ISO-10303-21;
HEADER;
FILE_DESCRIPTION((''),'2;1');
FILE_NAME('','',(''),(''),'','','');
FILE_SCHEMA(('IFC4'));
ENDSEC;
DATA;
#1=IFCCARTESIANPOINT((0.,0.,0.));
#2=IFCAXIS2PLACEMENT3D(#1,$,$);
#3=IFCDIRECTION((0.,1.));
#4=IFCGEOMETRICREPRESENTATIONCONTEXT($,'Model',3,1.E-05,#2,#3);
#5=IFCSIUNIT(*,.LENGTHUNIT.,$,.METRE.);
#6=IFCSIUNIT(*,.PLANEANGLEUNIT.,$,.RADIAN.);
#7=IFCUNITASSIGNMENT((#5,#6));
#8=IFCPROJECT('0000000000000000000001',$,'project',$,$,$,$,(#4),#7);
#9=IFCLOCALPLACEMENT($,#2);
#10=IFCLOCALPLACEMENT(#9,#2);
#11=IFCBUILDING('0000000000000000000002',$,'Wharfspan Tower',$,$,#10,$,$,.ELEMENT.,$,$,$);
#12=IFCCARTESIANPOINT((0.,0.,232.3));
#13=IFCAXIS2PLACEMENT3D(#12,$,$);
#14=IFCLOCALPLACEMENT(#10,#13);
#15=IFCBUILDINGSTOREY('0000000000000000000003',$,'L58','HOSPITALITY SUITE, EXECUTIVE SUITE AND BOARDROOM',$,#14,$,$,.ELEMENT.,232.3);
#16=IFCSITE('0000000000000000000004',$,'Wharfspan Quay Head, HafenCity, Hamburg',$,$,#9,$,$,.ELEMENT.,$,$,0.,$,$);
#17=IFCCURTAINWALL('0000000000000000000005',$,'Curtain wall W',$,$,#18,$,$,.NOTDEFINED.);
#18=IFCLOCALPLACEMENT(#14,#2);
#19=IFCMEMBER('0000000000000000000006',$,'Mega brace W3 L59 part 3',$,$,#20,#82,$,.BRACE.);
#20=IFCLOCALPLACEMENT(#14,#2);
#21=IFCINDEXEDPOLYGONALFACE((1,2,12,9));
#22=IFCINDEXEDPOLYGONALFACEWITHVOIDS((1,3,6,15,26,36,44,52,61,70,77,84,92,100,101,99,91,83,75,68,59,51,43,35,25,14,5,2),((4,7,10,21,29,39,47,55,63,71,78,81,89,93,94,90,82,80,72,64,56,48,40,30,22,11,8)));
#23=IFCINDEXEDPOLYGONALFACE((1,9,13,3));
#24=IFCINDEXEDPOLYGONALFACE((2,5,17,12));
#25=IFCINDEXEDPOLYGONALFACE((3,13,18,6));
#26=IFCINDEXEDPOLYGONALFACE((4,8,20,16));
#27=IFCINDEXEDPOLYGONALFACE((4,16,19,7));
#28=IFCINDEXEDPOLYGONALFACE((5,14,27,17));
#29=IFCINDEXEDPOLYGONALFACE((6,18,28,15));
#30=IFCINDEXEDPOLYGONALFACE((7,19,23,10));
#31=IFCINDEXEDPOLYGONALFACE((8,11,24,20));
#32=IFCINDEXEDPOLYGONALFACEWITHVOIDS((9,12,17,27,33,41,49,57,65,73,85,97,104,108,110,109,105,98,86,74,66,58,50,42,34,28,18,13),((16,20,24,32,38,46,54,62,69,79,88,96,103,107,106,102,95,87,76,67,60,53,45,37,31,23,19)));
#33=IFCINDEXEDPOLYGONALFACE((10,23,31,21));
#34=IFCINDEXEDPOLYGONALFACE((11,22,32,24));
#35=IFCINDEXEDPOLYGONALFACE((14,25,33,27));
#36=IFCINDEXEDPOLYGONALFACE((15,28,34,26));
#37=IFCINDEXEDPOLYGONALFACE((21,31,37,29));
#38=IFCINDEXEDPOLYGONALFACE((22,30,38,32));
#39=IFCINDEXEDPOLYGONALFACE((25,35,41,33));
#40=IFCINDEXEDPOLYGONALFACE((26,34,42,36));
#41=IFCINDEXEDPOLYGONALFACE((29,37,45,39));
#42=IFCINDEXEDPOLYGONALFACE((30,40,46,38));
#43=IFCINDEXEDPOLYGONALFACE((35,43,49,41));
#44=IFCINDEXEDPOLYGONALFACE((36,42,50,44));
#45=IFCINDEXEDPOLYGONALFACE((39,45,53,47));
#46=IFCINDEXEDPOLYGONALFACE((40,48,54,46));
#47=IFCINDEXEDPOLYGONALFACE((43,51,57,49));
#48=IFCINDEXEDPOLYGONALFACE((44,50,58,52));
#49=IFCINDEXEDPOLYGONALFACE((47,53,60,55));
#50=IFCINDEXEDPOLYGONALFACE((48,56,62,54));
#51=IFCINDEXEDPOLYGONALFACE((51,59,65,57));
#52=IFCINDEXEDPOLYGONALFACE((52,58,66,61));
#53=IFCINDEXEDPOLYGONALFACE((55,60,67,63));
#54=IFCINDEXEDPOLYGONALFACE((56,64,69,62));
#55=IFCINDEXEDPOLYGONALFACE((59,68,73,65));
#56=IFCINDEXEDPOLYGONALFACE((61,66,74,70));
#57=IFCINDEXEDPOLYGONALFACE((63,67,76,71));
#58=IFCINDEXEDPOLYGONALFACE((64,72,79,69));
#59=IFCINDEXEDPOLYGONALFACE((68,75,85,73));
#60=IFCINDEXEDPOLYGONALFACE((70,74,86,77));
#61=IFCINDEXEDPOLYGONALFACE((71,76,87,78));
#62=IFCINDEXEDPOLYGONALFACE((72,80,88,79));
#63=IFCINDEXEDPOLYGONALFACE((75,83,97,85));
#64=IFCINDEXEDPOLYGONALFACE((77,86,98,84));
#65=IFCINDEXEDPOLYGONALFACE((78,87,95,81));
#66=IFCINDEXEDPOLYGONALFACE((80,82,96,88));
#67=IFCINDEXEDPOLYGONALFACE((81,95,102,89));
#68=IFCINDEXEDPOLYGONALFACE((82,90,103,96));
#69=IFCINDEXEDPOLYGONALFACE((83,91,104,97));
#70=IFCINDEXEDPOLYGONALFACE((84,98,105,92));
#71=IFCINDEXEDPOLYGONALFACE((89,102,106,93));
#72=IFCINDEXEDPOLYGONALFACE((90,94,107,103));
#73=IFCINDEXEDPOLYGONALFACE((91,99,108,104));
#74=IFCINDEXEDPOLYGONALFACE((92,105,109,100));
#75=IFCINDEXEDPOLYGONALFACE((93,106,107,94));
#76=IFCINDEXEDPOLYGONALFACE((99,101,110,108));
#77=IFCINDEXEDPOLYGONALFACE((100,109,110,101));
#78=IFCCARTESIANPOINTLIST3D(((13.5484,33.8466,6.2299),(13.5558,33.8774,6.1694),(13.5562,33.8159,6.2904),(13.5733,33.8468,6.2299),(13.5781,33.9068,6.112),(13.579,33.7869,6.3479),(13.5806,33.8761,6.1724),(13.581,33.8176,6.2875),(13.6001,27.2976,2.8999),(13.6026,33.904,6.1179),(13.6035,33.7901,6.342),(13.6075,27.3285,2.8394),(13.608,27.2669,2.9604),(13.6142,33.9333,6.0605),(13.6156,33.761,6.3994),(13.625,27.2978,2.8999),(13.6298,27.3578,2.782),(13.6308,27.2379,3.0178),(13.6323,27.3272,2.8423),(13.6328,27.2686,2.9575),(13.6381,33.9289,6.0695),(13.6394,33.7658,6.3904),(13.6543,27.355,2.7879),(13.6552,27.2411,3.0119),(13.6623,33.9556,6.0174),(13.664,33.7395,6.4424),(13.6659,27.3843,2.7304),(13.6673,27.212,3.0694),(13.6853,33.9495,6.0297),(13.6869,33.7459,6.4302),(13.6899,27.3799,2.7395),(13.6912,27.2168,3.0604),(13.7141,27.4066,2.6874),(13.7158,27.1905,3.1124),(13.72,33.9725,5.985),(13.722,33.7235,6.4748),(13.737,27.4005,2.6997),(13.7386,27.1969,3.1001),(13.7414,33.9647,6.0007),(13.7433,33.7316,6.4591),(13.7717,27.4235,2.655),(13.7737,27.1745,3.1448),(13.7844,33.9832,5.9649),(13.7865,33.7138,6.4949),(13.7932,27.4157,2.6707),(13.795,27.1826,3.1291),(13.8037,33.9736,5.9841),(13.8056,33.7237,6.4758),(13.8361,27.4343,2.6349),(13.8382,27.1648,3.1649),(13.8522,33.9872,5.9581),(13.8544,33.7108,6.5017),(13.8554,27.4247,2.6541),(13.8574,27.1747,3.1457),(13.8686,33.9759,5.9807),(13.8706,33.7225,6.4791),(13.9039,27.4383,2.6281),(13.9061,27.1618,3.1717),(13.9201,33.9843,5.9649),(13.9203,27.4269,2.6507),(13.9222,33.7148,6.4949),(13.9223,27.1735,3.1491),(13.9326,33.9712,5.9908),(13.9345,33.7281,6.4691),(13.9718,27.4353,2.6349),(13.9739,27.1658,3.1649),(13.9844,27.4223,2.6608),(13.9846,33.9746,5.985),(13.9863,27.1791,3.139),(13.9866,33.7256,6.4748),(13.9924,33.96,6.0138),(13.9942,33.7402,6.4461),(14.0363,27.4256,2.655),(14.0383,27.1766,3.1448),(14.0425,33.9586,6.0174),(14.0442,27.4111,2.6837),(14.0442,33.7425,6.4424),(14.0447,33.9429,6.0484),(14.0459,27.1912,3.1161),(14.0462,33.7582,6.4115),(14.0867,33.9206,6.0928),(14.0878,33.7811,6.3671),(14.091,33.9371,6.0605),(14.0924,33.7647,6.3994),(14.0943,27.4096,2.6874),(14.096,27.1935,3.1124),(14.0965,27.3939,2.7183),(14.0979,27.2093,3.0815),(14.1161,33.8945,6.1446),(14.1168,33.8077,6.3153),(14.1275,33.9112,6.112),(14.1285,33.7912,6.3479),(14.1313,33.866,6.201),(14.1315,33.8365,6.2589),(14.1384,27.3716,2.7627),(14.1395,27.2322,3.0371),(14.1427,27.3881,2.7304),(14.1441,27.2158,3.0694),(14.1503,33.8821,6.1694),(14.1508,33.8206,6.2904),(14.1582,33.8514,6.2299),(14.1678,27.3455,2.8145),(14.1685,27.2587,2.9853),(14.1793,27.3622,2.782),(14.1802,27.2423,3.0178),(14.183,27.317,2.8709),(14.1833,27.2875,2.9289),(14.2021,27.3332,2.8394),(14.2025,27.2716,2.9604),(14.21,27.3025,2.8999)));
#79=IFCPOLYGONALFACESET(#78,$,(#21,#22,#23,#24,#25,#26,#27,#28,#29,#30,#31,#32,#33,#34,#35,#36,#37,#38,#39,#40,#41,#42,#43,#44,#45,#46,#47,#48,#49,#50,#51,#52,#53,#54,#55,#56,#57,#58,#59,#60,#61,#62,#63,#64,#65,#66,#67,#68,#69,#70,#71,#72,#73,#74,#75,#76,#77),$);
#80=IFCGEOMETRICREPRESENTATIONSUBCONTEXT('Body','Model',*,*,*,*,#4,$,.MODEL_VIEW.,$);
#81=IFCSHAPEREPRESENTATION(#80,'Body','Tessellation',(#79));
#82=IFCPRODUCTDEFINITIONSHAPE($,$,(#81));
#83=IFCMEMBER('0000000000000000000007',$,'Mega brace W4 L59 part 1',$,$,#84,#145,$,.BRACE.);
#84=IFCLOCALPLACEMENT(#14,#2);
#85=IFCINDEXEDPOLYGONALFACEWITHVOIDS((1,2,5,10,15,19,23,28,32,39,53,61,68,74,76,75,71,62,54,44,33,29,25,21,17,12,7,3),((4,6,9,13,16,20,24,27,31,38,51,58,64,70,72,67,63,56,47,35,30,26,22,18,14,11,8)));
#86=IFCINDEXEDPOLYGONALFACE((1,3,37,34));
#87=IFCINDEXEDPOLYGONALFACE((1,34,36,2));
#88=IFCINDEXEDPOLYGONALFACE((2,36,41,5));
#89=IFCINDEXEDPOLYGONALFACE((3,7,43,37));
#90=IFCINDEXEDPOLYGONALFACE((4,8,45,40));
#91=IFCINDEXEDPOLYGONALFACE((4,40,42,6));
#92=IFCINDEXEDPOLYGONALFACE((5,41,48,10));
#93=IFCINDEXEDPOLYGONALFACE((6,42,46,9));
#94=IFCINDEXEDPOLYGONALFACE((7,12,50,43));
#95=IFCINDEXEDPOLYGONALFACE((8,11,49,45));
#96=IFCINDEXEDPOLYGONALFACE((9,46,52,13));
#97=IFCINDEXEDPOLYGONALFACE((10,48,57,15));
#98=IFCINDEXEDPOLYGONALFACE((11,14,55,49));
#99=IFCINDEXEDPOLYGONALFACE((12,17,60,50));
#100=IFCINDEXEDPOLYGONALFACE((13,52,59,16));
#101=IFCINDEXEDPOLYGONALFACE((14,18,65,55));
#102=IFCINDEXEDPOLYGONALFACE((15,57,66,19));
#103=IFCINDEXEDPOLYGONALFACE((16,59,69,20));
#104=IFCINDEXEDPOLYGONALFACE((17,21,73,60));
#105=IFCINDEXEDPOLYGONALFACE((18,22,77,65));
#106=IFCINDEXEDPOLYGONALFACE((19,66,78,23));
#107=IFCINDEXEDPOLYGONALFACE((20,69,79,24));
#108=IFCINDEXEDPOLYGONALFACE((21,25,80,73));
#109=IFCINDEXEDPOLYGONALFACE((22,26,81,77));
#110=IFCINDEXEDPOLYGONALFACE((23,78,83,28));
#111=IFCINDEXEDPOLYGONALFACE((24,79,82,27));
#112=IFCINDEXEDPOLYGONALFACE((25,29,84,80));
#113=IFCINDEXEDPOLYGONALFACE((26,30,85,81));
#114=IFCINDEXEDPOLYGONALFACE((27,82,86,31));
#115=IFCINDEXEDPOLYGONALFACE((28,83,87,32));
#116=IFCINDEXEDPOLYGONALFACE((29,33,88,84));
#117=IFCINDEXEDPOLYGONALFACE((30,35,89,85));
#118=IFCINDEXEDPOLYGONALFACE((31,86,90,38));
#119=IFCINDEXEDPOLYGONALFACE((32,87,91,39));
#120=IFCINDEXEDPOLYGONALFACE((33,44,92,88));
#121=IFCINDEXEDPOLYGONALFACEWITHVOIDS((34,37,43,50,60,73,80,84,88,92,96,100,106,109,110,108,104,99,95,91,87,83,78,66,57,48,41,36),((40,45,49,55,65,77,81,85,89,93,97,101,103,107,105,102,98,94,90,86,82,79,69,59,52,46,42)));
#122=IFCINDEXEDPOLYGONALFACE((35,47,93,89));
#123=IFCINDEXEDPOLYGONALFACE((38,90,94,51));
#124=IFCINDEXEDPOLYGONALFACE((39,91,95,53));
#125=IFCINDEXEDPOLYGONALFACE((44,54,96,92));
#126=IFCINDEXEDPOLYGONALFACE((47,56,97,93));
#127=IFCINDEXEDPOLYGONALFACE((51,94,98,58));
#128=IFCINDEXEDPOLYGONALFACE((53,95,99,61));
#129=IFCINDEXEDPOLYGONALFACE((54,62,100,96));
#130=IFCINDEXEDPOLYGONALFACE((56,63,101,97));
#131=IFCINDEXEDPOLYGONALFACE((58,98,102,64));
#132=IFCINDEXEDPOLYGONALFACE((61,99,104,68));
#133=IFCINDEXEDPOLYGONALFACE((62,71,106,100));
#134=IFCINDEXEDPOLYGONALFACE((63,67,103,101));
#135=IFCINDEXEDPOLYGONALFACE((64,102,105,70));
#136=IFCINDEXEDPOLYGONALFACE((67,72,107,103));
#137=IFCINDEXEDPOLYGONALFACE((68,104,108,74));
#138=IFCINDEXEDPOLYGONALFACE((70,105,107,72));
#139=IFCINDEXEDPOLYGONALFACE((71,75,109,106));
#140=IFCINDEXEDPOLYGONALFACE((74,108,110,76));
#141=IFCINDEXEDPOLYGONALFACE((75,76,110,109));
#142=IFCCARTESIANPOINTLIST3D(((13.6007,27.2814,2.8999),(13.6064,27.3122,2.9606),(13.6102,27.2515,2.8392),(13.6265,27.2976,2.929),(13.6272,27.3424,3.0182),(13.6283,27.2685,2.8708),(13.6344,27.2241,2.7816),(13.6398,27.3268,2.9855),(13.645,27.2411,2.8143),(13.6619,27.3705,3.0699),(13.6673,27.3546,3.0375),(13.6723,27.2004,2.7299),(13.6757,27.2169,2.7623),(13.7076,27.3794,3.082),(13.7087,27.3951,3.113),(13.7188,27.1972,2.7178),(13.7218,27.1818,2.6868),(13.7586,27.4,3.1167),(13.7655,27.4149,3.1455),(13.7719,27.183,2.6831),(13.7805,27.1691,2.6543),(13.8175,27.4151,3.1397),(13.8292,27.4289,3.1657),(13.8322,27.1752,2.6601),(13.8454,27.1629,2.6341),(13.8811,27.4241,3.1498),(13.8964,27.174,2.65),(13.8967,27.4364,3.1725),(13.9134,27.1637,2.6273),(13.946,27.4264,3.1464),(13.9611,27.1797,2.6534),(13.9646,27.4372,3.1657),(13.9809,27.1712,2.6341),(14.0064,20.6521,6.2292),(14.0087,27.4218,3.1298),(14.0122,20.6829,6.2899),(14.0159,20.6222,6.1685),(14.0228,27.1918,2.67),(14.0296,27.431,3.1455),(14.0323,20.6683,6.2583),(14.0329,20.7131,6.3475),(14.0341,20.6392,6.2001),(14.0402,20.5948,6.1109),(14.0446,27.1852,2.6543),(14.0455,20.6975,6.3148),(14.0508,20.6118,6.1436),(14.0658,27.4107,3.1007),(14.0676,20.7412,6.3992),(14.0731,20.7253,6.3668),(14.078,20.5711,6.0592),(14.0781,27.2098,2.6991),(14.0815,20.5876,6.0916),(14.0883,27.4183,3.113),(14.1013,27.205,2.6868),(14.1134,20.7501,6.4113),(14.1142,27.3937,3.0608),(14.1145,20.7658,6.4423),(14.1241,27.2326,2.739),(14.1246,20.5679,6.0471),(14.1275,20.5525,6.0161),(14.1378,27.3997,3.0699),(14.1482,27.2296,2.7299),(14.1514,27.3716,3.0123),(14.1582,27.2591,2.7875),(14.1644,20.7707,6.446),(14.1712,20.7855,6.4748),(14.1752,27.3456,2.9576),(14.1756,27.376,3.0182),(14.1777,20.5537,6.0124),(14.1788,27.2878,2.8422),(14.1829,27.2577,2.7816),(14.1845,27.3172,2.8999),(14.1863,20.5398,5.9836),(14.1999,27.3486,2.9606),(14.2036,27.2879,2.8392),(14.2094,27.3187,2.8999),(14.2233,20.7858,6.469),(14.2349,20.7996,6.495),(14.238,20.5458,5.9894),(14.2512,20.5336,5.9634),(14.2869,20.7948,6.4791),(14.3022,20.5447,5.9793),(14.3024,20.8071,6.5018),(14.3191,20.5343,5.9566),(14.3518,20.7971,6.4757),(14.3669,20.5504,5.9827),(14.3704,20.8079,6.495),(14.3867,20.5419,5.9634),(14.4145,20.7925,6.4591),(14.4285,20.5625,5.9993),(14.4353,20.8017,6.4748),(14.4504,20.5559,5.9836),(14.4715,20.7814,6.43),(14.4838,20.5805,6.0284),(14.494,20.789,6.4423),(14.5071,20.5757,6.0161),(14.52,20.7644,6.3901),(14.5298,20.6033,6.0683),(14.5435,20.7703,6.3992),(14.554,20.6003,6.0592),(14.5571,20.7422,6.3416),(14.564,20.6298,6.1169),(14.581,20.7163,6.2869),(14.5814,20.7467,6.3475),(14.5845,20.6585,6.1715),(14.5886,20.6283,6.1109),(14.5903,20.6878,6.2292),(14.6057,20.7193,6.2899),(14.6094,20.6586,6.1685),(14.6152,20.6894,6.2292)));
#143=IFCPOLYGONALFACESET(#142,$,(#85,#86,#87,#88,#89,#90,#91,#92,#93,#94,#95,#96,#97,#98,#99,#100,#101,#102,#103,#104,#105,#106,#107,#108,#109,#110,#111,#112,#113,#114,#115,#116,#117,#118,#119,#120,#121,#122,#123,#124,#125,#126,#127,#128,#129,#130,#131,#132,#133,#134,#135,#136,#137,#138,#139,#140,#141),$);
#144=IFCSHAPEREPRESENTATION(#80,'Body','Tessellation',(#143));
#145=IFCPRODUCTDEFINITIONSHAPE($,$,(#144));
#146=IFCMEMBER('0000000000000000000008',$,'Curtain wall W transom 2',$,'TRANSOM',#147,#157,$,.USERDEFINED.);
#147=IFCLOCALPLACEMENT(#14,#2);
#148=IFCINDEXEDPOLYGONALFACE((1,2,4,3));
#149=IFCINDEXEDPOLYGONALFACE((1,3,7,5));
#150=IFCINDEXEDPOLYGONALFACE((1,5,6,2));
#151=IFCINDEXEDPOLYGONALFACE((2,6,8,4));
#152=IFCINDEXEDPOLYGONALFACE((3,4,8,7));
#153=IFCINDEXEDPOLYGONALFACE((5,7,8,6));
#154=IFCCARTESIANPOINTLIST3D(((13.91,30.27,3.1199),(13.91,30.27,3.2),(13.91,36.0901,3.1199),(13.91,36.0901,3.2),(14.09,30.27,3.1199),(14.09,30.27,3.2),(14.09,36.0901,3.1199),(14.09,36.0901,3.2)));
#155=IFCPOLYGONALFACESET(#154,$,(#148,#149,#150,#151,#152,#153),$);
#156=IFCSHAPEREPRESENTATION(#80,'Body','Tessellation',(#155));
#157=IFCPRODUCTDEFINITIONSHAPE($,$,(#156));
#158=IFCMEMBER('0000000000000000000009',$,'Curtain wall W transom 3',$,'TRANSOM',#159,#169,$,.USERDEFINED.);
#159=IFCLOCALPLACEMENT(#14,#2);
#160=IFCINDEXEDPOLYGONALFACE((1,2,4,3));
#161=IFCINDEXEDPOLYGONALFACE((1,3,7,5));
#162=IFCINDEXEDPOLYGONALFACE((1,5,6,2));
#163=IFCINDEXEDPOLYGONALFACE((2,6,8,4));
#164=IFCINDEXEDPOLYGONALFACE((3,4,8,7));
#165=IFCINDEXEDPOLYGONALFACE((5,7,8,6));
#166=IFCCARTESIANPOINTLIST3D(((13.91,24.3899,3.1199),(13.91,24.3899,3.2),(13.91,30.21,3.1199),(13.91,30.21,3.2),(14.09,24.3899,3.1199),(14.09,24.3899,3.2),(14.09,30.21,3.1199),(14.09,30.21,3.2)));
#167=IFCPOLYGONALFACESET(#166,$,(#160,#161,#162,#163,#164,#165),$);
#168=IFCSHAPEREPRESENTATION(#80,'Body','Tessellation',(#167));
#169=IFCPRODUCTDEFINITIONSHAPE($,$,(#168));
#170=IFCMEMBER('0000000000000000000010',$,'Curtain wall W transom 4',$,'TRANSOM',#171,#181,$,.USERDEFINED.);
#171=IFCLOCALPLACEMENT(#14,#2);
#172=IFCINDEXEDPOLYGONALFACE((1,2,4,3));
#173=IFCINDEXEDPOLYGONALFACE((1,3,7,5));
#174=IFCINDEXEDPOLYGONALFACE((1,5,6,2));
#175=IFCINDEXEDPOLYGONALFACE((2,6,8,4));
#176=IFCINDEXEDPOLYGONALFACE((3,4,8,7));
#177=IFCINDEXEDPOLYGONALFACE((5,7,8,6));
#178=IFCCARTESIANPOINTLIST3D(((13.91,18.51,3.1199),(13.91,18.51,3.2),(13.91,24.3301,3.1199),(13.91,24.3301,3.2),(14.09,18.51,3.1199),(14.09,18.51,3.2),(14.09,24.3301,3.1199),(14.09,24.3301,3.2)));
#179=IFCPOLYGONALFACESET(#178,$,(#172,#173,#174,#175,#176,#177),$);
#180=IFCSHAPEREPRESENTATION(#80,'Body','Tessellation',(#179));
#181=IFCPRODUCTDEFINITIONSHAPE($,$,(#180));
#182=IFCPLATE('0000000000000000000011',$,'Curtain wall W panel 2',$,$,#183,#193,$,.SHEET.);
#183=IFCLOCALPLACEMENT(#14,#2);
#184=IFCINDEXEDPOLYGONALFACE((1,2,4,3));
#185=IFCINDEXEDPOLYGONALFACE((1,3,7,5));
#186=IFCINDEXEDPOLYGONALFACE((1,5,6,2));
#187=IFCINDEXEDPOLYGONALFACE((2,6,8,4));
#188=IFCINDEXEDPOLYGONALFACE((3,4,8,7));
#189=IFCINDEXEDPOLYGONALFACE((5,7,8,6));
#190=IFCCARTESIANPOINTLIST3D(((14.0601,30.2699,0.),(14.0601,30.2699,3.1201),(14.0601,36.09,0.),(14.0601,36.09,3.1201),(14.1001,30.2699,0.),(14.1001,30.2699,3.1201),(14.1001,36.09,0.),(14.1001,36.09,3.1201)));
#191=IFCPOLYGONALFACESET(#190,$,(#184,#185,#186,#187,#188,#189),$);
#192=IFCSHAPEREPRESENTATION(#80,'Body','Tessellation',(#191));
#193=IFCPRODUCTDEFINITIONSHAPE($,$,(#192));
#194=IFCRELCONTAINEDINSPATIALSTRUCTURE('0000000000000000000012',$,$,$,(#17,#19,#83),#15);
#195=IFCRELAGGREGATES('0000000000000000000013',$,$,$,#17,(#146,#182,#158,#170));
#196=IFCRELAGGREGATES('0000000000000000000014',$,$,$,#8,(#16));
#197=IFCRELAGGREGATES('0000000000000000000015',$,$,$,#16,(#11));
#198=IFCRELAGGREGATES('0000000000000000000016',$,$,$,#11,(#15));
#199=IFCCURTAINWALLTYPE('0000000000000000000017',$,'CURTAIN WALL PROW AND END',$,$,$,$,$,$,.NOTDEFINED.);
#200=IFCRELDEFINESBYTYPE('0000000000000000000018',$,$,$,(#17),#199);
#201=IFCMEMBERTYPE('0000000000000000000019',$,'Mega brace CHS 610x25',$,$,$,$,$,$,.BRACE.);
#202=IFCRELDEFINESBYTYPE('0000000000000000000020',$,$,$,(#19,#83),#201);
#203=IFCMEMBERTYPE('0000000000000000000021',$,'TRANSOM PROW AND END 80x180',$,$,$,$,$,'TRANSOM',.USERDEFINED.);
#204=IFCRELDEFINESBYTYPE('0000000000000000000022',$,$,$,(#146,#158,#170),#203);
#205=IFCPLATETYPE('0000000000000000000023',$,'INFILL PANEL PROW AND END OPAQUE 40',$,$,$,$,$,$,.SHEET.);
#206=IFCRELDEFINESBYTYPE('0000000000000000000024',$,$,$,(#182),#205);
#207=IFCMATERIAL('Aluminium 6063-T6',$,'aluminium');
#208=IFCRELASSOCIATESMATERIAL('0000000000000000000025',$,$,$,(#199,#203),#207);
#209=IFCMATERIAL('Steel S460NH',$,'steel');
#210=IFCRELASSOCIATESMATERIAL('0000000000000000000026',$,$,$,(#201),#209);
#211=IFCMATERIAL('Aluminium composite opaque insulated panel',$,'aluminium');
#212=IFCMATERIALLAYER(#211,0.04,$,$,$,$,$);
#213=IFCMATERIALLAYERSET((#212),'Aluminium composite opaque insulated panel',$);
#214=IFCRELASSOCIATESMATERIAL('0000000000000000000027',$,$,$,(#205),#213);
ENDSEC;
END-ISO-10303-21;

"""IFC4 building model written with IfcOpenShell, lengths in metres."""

from ifc_helpers import new_model, si_unit, direction, frame, origin, origin_2d, place, context, subcontext, project, spatial, rectangle, hollow_circle, extrude, material, layer, layer_set, material_profile, profile_set, type_object, element, aggregate, save


model = new_model("IFC4")

# Units and contexts
model_context = context("Model", 3, precision=1e-05, world=origin(), true_north=direction((0.0, 1.0)))
body_context = subcontext(model_context, "Body", "Model", "MODEL_VIEW")
ifc_project = project(units=[si_unit("LENGTHUNIT", "METRE"), si_unit("PLANEANGLEUNIT", "RADIAN")], contexts=[model_context])

# Site, building, storey
site_placement = place(None, origin())
site = spatial("IfcSite", under=ifc_project, at=site_placement, Name="Wharfspan Quay Head, HafenCity, Hamburg", CompositionType="ELEMENT", RefElevation=0.0)
building_placement = place(site_placement, origin())
building = spatial("IfcBuilding", under=site, at=building_placement, Name="Wharfspan Tower", CompositionType="ELEMENT")
storey_placement = place(building_placement, frame((0.0, 0.0, 232.3)))
storey = spatial("IfcBuildingStorey", under=building, at=storey_placement, Name="L58", Description="HOSPITALITY SUITE, EXECUTIVE SUITE AND BOARDROOM", CompositionType="ELEMENT", Elevation=232.3)

# Curtain wall
ifc_material_1 = material(Name="Aluminium 6063-T6", Category="aluminium")
curtain_wall_type = type_object("IfcCurtainWallType", Name="CURTAIN WALL PROW AND END", PredefinedType="NOTDEFINED", material=ifc_material_1)
curtain_wall_placement = place(storey_placement, origin())
curtain_wall = element("IfcCurtainWall", 1, at=curtain_wall_placement, inside=storey, type_object=curtain_wall_type, Name="Curtain wall W", PredefinedType="NOTDEFINED")

# Members
ifc_material_2 = material(Name="Steel S460NH", Category="steel")
ifc_material_profile_1 = material_profile(ifc_material_2, hollow_circle(Radius=0.3049, WallThickness=0.0249, at=origin_2d()))
ifc_profile_set_1 = profile_set([ifc_material_profile_1], Name="Steel S460NH")
member_type_1 = type_object("IfcMemberType", Name="Mega brace CHS 610x25", PredefinedType="BRACE", material=ifc_profile_set_1)
member_1_placement = place(storey_placement, frame((13.905, 27.3, 2.8999), z_axis=(-0.007044, 0.891361, 0.45324), x_axis=(-0.999973, -0.007904, 0.000003)))
element("IfcMember", 2, at=member_1_placement, inside=storey, type_object=member_type_1, Name="Mega brace W3 L59 part 3", PredefinedType="BRACE", context=body_context, shape_type="SweptSolid", body=[
    extrude(hollow_circle(Radius=0.3049, WallThickness=0.0249, at=origin_2d()), origin(), (0.0, 0.0, 1.0), 7.3472),
])
member_2_placement = place(storey_placement, frame((13.905, 27.3, 2.8999), z_axis=(0.054615, -0.892302, 0.448123), x_axis=(0.998132, 0.061091, -0.000003)))
element("IfcMember", 3, at=member_2_placement, inside=storey, type_object=member_type_1, Name="Mega brace W4 L59 part 1", PredefinedType="BRACE", context=body_context, shape_type="SweptSolid", body=[
    extrude(hollow_circle(Radius=0.3049, WallThickness=0.0249, at=origin_2d()), origin(), (0.0, 0.0, 1.0), 7.4294),
])

# Members
ifc_material_profile_2 = material_profile(ifc_material_1, rectangle(XDim=0.1799, YDim=0.0801, at=origin_2d()))
ifc_profile_set_2 = profile_set([ifc_material_profile_2], Name="Aluminium 6063-T6")
member_type_2 = type_object("IfcMemberType", Name="TRANSOM PROW AND END 80x180", ElementType="TRANSOM", PredefinedType="USERDEFINED", material=ifc_profile_set_2)
member_3_placement = place(storey_placement, frame((14.0, 36.0901, 3.1599), z_axis=(0.0, -1.0, 0.0), x_axis=(1.0, 0.0, 0.0)))
member_3 = element("IfcMember", 4, at=member_3_placement, type_object=member_type_2, Name="Curtain wall W transom 2", ObjectType="TRANSOM", PredefinedType="USERDEFINED", context=body_context, shape_type="SweptSolid", body=[
    extrude(rectangle(XDim=0.1799, YDim=0.0801, at=origin_2d()), origin(), (0.0, 0.0, 1.0), 5.8201),
])
member_4_placement = place(storey_placement, frame((14.0, 30.21, 3.1599), z_axis=(0.0, -1.0, 0.0), x_axis=(1.0, 0.0, 0.0)))
member_4 = element("IfcMember", 5, at=member_4_placement, type_object=member_type_2, Name="Curtain wall W transom 3", ObjectType="TRANSOM", PredefinedType="USERDEFINED", context=body_context, shape_type="SweptSolid", body=[
    extrude(rectangle(XDim=0.1799, YDim=0.0801, at=origin_2d()), origin(), (0.0, 0.0, 1.0), 5.8201),
])
member_5_placement = place(storey_placement, frame((14.0, 24.3301, 3.1599), z_axis=(0.0, -1.0, 0.0), x_axis=(1.0, 0.0, 0.0)))
member_5 = element("IfcMember", 6, at=member_5_placement, type_object=member_type_2, Name="Curtain wall W transom 4", ObjectType="TRANSOM", PredefinedType="USERDEFINED", context=body_context, shape_type="SweptSolid", body=[
    extrude(rectangle(XDim=0.1799, YDim=0.0801, at=origin_2d()), origin(), (0.0, 0.0, 1.0), 5.8201),
])

# Plate
ifc_material_3 = material(Name="Aluminium composite opaque insulated panel", Category="aluminium")
ifc_layer_1 = layer(ifc_material_3, 0.04)
ifc_layer_set_1 = layer_set([ifc_layer_1], Name="Aluminium composite opaque insulated panel")
plate_type = type_object("IfcPlateType", Name="INFILL PANEL PROW AND END OPAQUE 40", PredefinedType="SHEET", material=ifc_layer_set_1)
plate_1_placement = place(storey_placement, frame((14.0801, 33.1799, 0.0), z_axis=(0.0, 0.0, 1.0), x_axis=(0.0, -1.0, 0.0)))
plate_1 = element("IfcPlate", 7, at=plate_1_placement, type_object=plate_type, Name="Curtain wall W panel 2", PredefinedType="SHEET", context=body_context, shape_type="SweptSolid", body=[
    extrude(rectangle(XDim=5.8201, YDim=0.04, at=origin_2d()), origin(), (0.0, 0.0, 1.0), 3.1201),
])
aggregate(curtain_wall, [member_3, plate_1, member_4, member_5])

save(model, "model.ifc")
